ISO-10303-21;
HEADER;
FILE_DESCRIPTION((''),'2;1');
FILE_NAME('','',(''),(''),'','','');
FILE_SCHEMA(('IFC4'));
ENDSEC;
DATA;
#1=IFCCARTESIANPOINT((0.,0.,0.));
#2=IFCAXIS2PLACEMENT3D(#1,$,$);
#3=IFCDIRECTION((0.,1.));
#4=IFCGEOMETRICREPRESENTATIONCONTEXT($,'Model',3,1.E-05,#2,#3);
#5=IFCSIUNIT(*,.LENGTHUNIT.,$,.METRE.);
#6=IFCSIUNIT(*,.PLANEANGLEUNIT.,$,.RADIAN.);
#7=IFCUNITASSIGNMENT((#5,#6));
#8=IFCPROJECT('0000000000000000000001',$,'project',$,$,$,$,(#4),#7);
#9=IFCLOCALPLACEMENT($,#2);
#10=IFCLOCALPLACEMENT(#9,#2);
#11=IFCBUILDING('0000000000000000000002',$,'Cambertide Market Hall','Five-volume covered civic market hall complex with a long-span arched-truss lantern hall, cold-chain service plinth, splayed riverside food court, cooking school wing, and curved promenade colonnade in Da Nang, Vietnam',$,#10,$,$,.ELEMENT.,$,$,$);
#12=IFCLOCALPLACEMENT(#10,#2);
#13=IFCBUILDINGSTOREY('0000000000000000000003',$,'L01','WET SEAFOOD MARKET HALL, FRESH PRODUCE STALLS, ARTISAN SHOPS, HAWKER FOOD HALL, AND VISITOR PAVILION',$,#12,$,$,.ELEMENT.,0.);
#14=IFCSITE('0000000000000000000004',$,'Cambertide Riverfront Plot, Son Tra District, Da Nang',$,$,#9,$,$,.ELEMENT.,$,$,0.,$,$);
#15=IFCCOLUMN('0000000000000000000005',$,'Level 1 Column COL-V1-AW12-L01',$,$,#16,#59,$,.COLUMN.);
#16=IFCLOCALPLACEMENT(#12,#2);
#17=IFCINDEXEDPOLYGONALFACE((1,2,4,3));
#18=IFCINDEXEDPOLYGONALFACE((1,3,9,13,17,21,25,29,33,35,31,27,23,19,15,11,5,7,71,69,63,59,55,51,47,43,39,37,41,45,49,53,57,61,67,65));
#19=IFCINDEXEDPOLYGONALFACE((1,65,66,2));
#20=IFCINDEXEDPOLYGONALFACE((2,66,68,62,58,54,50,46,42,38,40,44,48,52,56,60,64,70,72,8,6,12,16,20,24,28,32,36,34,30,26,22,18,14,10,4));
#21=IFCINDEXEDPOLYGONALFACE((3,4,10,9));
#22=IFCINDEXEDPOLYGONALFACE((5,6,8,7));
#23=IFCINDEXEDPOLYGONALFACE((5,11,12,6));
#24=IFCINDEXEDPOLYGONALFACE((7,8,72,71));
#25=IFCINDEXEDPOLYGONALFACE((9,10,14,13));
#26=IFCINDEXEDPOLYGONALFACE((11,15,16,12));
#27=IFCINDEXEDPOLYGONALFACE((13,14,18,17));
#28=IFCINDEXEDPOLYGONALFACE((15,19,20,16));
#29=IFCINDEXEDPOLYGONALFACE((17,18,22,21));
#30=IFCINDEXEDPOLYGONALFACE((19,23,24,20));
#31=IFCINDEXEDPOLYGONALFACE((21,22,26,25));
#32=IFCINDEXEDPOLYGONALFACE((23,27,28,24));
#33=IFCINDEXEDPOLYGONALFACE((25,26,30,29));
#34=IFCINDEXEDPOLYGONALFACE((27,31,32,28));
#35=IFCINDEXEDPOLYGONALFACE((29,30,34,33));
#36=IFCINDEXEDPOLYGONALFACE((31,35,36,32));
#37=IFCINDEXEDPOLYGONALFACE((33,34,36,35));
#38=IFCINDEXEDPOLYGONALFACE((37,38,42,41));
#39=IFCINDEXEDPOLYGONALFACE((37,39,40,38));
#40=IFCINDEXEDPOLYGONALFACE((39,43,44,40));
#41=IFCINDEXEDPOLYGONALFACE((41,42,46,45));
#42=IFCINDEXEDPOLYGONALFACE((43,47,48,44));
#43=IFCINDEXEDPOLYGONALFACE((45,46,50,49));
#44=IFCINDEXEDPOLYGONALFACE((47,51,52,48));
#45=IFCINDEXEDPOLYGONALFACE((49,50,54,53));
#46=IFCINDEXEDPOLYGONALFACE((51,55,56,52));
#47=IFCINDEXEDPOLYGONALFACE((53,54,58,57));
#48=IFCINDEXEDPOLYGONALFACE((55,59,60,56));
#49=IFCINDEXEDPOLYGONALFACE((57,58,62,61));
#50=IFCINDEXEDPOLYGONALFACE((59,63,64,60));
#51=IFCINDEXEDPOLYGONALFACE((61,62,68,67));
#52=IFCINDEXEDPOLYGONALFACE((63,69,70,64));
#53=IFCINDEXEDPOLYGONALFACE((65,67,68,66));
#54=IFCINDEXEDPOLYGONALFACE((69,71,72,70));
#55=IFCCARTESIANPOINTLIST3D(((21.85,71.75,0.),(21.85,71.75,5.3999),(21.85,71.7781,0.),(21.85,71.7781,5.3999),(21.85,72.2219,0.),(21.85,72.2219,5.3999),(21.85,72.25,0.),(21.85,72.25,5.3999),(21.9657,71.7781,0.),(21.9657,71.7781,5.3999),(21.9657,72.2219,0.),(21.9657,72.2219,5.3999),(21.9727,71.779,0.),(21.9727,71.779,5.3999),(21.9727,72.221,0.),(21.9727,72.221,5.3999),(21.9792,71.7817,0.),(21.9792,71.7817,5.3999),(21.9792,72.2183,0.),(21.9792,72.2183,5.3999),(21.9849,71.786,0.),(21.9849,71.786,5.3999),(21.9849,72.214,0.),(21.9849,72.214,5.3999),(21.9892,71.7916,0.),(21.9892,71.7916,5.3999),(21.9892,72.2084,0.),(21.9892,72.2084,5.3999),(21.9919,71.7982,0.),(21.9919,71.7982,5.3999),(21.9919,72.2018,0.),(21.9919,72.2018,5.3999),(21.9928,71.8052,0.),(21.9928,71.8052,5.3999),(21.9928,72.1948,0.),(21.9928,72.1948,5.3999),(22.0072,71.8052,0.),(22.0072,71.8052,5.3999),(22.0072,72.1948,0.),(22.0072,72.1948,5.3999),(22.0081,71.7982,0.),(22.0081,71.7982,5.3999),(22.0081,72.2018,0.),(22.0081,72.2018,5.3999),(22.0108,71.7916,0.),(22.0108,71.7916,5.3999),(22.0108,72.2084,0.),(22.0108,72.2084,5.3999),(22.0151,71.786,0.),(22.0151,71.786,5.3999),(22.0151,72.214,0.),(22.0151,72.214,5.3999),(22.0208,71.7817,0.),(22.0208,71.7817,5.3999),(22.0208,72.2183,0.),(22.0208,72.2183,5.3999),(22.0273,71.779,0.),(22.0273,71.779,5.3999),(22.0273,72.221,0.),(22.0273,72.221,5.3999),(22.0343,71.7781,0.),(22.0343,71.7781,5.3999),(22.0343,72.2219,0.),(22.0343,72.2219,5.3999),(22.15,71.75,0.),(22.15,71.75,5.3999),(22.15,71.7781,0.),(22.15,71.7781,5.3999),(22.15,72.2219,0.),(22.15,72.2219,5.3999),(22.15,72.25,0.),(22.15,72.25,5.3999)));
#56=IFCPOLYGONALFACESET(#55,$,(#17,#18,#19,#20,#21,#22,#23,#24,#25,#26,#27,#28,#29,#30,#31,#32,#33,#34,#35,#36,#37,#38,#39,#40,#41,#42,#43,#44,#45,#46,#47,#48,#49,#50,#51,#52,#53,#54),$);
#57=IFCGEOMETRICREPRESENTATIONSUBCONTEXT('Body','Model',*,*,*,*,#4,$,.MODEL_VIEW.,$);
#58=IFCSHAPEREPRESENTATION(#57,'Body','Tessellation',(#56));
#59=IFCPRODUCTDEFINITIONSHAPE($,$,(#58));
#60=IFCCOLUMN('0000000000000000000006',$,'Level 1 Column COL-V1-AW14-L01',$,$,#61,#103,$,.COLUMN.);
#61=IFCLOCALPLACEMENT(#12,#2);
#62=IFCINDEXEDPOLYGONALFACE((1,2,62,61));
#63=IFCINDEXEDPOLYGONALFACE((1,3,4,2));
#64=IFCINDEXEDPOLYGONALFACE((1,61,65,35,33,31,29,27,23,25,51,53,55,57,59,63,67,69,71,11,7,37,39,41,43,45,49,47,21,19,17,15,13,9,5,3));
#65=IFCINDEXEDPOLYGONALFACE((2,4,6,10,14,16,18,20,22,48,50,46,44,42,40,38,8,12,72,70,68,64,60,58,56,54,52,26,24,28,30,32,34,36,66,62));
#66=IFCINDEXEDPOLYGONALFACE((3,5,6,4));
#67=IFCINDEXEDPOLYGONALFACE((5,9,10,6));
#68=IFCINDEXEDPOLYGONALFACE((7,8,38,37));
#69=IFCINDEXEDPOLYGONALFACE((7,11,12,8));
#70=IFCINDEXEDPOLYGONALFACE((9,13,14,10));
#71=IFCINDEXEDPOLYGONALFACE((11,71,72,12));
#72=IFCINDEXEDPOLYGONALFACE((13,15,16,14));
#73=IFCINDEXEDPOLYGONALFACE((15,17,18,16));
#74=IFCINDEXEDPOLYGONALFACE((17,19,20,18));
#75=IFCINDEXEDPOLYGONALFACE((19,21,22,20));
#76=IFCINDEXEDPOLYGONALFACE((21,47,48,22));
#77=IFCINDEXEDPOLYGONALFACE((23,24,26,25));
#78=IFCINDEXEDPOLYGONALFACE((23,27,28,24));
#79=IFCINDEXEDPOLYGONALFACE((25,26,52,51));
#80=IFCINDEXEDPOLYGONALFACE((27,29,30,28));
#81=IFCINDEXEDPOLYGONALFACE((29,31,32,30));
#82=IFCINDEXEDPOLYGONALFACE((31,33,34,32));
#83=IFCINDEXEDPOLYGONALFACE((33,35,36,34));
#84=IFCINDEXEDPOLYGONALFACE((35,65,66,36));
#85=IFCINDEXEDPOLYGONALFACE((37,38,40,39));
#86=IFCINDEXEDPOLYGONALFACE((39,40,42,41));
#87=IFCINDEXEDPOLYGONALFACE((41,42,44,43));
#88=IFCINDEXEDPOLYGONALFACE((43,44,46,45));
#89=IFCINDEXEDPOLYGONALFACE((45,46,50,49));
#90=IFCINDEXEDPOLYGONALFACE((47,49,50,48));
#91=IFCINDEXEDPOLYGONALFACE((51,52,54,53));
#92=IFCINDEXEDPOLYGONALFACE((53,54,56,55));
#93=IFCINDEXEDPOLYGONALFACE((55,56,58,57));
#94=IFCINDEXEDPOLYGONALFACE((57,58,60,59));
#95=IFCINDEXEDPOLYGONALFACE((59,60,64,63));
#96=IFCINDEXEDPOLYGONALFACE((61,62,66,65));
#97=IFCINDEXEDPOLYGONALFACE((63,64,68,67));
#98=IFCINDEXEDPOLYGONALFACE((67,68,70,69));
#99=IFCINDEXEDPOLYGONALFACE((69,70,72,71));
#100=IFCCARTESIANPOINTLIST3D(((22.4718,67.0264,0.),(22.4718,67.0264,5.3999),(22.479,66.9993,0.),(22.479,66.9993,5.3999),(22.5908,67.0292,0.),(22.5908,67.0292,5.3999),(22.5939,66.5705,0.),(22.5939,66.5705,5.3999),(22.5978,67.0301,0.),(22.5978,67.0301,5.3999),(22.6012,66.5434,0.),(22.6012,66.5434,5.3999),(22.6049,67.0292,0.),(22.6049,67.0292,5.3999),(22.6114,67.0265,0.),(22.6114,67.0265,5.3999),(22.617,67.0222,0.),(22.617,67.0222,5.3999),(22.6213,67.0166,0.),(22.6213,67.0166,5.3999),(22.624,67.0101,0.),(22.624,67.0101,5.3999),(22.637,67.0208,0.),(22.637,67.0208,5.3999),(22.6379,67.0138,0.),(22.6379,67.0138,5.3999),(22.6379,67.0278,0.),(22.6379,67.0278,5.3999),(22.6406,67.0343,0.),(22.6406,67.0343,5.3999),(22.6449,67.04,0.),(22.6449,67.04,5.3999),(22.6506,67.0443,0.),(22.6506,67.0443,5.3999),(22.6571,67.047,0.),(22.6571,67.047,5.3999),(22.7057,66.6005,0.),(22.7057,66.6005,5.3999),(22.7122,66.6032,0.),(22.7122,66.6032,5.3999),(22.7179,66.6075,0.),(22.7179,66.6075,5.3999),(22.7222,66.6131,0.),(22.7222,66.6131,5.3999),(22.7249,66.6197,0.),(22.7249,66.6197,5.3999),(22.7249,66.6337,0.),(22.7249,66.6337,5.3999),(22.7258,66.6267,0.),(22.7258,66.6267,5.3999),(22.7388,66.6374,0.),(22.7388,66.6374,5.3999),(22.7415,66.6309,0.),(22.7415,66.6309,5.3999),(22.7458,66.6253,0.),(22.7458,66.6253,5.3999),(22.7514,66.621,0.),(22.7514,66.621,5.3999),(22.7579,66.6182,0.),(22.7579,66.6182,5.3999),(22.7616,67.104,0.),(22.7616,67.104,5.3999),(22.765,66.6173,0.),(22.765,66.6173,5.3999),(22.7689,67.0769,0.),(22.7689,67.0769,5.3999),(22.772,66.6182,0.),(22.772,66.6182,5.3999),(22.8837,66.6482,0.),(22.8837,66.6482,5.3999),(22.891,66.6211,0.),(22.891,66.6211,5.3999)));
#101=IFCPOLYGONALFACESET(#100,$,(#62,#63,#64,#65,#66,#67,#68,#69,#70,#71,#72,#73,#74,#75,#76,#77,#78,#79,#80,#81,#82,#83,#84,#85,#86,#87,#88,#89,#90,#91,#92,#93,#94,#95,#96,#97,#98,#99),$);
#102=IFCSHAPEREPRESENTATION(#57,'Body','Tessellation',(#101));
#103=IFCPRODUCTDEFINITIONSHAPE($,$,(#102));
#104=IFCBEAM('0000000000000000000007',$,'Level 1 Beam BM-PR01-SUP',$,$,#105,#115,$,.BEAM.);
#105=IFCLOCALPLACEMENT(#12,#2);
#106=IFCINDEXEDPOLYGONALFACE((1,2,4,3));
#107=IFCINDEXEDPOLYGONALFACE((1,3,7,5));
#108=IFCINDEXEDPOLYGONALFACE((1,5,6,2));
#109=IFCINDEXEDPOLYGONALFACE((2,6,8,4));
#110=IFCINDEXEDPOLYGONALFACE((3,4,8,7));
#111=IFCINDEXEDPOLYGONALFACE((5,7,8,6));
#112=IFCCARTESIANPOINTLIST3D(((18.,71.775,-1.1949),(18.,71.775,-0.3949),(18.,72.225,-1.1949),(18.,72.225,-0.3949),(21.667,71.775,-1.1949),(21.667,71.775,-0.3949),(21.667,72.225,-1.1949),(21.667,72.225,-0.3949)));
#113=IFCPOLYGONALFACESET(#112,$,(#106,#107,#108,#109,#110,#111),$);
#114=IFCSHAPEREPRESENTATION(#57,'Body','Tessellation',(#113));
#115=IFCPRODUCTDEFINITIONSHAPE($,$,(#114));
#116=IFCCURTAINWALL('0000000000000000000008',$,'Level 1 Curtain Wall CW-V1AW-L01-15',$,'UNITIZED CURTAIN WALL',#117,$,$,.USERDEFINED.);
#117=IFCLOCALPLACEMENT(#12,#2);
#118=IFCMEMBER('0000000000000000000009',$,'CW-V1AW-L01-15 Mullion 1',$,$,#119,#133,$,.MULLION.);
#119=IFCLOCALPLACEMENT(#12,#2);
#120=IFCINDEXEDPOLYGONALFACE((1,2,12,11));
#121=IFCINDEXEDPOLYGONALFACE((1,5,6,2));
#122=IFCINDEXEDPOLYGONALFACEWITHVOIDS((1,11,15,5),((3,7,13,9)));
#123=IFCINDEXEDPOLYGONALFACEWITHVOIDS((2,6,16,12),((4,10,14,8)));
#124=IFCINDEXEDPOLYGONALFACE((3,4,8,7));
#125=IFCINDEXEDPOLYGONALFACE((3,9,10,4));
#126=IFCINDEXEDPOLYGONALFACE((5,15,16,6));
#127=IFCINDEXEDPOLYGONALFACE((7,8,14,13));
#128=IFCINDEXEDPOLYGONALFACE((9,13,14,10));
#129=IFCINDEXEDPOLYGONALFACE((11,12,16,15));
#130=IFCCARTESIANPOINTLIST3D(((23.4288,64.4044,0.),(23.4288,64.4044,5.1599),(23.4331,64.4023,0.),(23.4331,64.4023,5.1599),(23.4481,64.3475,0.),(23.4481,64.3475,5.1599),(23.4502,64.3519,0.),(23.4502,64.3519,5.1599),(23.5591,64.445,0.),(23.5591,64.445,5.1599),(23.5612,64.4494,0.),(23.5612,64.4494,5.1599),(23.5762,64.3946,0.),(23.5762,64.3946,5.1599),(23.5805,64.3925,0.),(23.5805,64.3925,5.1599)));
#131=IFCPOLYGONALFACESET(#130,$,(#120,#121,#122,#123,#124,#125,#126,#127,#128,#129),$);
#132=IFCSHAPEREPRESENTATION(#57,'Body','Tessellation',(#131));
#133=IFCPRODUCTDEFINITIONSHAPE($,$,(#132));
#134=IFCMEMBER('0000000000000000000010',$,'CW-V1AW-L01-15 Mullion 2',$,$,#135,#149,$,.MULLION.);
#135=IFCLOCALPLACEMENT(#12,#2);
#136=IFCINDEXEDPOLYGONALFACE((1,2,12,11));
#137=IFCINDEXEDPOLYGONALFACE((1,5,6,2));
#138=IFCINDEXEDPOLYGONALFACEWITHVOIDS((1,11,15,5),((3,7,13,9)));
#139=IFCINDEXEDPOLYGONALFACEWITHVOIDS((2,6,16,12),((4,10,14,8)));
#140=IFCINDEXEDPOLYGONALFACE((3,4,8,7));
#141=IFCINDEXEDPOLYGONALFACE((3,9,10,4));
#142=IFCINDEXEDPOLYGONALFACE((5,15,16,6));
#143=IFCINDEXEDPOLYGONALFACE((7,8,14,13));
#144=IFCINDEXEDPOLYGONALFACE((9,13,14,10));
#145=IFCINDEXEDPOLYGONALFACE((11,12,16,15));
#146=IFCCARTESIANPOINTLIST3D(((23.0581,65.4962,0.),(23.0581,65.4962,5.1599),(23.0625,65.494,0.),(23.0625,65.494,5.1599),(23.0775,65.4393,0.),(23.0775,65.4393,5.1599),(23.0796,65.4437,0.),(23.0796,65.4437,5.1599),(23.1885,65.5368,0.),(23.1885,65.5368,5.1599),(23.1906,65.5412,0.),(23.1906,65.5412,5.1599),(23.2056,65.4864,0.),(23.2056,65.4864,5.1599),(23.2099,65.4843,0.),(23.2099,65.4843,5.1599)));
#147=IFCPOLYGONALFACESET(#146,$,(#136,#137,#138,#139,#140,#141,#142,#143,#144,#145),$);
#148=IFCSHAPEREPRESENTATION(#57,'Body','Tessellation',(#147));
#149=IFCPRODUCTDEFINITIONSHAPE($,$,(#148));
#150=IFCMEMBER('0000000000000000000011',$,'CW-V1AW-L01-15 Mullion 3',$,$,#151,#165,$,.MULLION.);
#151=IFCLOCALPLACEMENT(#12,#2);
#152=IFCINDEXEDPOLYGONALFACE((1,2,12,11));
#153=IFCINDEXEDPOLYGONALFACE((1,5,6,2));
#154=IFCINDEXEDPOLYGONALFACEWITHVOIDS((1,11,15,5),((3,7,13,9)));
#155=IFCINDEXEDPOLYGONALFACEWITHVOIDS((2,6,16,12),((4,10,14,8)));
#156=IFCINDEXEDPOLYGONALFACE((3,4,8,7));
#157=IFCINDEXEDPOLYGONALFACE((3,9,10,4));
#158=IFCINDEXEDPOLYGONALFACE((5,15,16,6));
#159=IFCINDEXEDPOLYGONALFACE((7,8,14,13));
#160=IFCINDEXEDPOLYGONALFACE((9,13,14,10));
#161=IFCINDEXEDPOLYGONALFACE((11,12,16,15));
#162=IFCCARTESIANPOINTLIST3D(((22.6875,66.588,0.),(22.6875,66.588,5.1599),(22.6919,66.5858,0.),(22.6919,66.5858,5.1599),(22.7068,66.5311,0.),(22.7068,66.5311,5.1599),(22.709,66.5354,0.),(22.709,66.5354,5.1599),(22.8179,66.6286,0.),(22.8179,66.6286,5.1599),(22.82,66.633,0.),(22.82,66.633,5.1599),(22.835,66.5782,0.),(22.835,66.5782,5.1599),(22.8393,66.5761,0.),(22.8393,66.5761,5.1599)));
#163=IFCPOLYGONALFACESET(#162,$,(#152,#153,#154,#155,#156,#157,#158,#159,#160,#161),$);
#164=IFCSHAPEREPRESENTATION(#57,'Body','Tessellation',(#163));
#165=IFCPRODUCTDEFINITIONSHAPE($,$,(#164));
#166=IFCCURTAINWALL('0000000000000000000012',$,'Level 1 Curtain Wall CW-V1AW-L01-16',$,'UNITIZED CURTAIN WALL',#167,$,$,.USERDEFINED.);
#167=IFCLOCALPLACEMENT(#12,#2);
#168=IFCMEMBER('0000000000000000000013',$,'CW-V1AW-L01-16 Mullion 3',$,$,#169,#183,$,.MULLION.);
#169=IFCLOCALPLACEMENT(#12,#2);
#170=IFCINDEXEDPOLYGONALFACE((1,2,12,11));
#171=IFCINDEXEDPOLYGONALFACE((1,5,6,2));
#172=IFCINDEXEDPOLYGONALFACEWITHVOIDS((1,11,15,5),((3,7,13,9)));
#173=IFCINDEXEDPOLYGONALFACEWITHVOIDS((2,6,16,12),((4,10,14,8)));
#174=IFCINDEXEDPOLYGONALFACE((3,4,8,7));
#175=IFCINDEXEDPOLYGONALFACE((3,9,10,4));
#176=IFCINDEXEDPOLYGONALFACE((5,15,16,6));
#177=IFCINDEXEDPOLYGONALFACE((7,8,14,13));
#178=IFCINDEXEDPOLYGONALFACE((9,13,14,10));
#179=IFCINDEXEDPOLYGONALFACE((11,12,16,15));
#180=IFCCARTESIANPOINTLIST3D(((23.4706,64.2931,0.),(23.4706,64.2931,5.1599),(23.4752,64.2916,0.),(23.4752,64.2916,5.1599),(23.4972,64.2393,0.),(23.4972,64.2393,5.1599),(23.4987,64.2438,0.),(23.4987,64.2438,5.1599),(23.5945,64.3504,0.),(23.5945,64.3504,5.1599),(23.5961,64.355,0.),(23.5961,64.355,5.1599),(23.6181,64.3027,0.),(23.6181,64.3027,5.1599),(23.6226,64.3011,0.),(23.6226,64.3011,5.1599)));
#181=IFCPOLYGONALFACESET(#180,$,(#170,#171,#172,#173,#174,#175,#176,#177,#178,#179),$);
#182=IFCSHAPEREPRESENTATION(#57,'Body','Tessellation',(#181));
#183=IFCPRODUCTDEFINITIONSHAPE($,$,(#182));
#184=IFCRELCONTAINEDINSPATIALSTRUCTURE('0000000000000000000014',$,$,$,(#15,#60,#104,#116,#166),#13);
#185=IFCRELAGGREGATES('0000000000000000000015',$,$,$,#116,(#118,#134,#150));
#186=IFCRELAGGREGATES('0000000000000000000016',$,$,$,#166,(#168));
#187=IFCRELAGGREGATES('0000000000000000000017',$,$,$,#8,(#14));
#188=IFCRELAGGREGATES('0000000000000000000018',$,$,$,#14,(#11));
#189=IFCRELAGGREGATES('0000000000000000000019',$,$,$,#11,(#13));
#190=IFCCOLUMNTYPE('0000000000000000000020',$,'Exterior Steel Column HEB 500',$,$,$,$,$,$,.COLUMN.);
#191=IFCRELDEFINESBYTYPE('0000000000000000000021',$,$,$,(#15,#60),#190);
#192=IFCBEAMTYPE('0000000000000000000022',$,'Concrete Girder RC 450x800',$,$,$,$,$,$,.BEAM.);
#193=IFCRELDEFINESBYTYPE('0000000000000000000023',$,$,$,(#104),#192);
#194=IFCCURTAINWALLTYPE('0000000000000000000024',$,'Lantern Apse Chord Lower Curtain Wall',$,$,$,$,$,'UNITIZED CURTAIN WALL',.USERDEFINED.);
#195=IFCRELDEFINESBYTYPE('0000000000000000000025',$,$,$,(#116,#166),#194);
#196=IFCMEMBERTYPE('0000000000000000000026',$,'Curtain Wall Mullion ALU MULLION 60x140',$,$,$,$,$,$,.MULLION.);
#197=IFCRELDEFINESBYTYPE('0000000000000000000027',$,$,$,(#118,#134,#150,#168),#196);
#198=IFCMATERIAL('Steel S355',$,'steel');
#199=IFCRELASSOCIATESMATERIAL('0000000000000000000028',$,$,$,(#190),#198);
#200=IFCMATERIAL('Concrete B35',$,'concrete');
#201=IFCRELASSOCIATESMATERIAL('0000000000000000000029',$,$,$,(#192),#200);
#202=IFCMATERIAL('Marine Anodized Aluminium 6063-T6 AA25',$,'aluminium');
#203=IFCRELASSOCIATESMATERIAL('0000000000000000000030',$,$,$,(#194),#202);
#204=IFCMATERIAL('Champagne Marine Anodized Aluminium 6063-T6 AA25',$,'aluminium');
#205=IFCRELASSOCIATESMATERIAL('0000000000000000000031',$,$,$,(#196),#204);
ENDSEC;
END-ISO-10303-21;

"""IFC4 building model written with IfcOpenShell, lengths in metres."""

from ifc_helpers import new_model, si_unit, direction, frame, origin, origin_2d, place, context, subcontext, project, spatial, rectangle, hollow_rectangle, i_section, extrude, material, material_profile, profile_set, type_object, element, aggregate, save


model = new_model("IFC4")

# Units and contexts
model_context = context("Model", 3, precision=1e-05, world=origin(), true_north=direction((0.0, 1.0)))
body_context = subcontext(model_context, "Body", "Model", "MODEL_VIEW")
ifc_project = project(units=[si_unit("LENGTHUNIT", "METRE"), si_unit("PLANEANGLEUNIT", "RADIAN")], contexts=[model_context])

# Site, building, storey
site_placement = place(None, origin())
site = spatial("IfcSite", under=ifc_project, at=site_placement, Name="Cambertide Riverfront Plot, Son Tra District, Da Nang", CompositionType="ELEMENT", RefElevation=0.0)
building_placement = place(site_placement, origin())
building = spatial("IfcBuilding", under=site, at=building_placement, Name="Cambertide Market Hall", Description="Five-volume covered civic market hall complex with a long-span arched-truss lantern hall, cold-chain service plinth, splayed riverside food court, cooking school wing, and curved promenade colonnade in Da Nang, Vietnam", CompositionType="ELEMENT")
storey_placement = place(building_placement, origin())
storey = spatial("IfcBuildingStorey", under=building, at=storey_placement, Name="L01", Description="WET SEAFOOD MARKET HALL, FRESH PRODUCE STALLS, ARTISAN SHOPS, HAWKER FOOD HALL, AND VISITOR PAVILION", CompositionType="ELEMENT", Elevation=0.0)

# Columns
ifc_material_1 = material(Name="Steel S355", Category="steel")
ifc_material_profile_1 = material_profile(ifc_material_1, i_section(OverallWidth=0.3, OverallDepth=0.5, WebThickness=0.0144, FlangeThickness=0.0281, FilletRadius=0.0271, at=origin_2d()), Name="HEB 500")
ifc_profile_set_1 = profile_set([ifc_material_profile_1], Name="Steel S355")
column_type = type_object("IfcColumnType", Name="Exterior Steel Column HEB 500", PredefinedType="COLUMN", material=ifc_profile_set_1)
for number, where, z_axis, x_axis, name in (
    (1, (22.0, 72.0, 0.0), (0.0, 0.0, 1.0), (-1.0, 0.0, 0.0), "Level 1 Column COL-V1-AW12-L01"),
    (2, (22.6814, 66.8237, 0.0), (0.0, 0.0, 1.0), (-0.965926, -0.258819, 0.0), "Level 1 Column COL-V1-AW14-L01"),
):
    element("IfcColumn", number, at=place(storey_placement, frame(where, z_axis=z_axis, x_axis=x_axis)), inside=storey, type_object=column_type, Name=name, PredefinedType="COLUMN", context=body_context, shape_type="SweptSolid", body=[
        extrude(i_section(OverallWidth=0.3, OverallDepth=0.5, WebThickness=0.0144, FlangeThickness=0.0281, FilletRadius=0.0271, at=origin_2d()), origin(), (0.0, 0.0, 1.0), 5.3999),
    ])

# Beam
ifc_material_2 = material(Name="Concrete B35", Category="concrete")
ifc_material_profile_2 = material_profile(ifc_material_2, rectangle(XDim=0.45, YDim=0.8, at=origin_2d()), Name="RC 450x800")
ifc_profile_set_2 = profile_set([ifc_material_profile_2], Name="Concrete B35")
beam_type_1 = type_object("IfcBeamType", Name="Concrete Girder RC 450x800", PredefinedType="BEAM", material=ifc_profile_set_2)
beam_1_placement = place(storey_placement, frame((18.0, 72.0, -0.7949), z_axis=(1.0, 0.0, 0.0), x_axis=(0.0, 1.0, 0.0)))
element("IfcBeam", 3, at=beam_1_placement, inside=storey, type_object=beam_type_1, Name="Level 1 Beam BM-PR01-SUP", PredefinedType="BEAM", context=body_context, shape_type="SweptSolid", body=[
    extrude(rectangle(XDim=0.45, YDim=0.8, at=origin_2d()), origin(), (0.0, 0.0, 1.0), 3.667),
])

# Curtain wall, members
ifc_material_3 = material(Name="Marine Anodized Aluminium 6063-T6 AA25", Category="aluminium")
curtain_wall_type = type_object("IfcCurtainWallType", Name="Lantern Apse Chord Lower Curtain Wall", ElementType="UNITIZED CURTAIN WALL", PredefinedType="USERDEFINED", material=ifc_material_3)
curtain_wall_1_placement = place(storey_placement, origin())
curtain_wall_1 = element("IfcCurtainWall", 4, at=curtain_wall_1_placement, inside=storey, type_object=curtain_wall_type, Name="Level 1 Curtain Wall CW-V1AW-L01-15", ObjectType="UNITIZED CURTAIN WALL", PredefinedType="USERDEFINED")
ifc_material_4 = material(Name="Champagne Marine Anodized Aluminium 6063-T6 AA25", Category="aluminium")
ifc_material_profile_3 = material_profile(ifc_material_4, hollow_rectangle(XDim=0.0601, YDim=0.1399, WallThickness=0.0034, at=origin_2d()), Name="ALU MULLION 60x140")
ifc_profile_set_3 = profile_set([ifc_material_profile_3], Name="Champagne Marine Anodized Aluminium 6063-T6 AA25")
member_type_1 = type_object("IfcMemberType", Name="Curtain Wall Mullion ALU MULLION 60x140", PredefinedType="MULLION", material=ifc_profile_set_3)
member_1_placement = place(storey_placement, frame((23.5046, 64.3984, 0.0), z_axis=(0.0, 0.0, 1.0), x_axis=(-0.321439, 0.94693, 0.0)))
member_1 = element("IfcMember", 5, at=member_1_placement, type_object=member_type_1, Name="CW-V1AW-L01-15 Mullion 1", PredefinedType="MULLION", context=body_context, shape_type="SweptSolid", body=[
    extrude(hollow_rectangle(XDim=0.0601, YDim=0.1399, WallThickness=0.0034, at=origin_2d()), origin(), (0.0, 0.0, 1.0), 5.1599),
])
member_2_placement = place(storey_placement, frame((23.134, 65.4902, 0.0), z_axis=(0.0, 0.0, 1.0), x_axis=(-0.321439, 0.94693, 0.0)))
member_2 = element("IfcMember", 6, at=member_2_placement, type_object=member_type_1, Name="CW-V1AW-L01-15 Mullion 2", PredefinedType="MULLION", context=body_context, shape_type="SweptSolid", body=[
    extrude(hollow_rectangle(XDim=0.0601, YDim=0.1399, WallThickness=0.0034, at=origin_2d()), origin(), (0.0, 0.0, 1.0), 5.1599),
])
member_3_placement = place(storey_placement, frame((22.7634, 66.582, 0.0), z_axis=(0.0, 0.0, 1.0), x_axis=(-0.321439, 0.94693, 0.0)))
member_3 = element("IfcMember", 7, at=member_3_placement, type_object=member_type_1, Name="CW-V1AW-L01-15 Mullion 3", PredefinedType="MULLION", context=body_context, shape_type="SweptSolid", body=[
    extrude(hollow_rectangle(XDim=0.0601, YDim=0.1399, WallThickness=0.0034, at=origin_2d()), origin(), (0.0, 0.0, 1.0), 5.1599),
])

# Curtain wall, member
curtain_wall_2_placement = place(storey_placement, origin())
curtain_wall_2 = element("IfcCurtainWall", 8, at=curtain_wall_2_placement, inside=storey, type_object=curtain_wall_type, Name="Level 1 Curtain Wall CW-V1AW-L01-16", ObjectType="UNITIZED CURTAIN WALL", PredefinedType="USERDEFINED")
member_4_placement = place(storey_placement, frame((23.5466, 64.2971, 0.0), z_axis=(0.0, 0.0, 1.0), x_axis=(-0.442289, 0.896873, 0.0)))
member_4 = element("IfcMember", 9, at=member_4_placement, type_object=member_type_1, Name="CW-V1AW-L01-16 Mullion 3", PredefinedType="MULLION", context=body_context, shape_type="SweptSolid", body=[
    extrude(hollow_rectangle(XDim=0.0601, YDim=0.1399, WallThickness=0.0034, at=origin_2d()), origin(), (0.0, 0.0, 1.0), 5.1599),
])

aggregate(curtain_wall_1, [member_1, member_2, member_3])
aggregate(curtain_wall_2, [member_4])

save(model, "model.ifc")
